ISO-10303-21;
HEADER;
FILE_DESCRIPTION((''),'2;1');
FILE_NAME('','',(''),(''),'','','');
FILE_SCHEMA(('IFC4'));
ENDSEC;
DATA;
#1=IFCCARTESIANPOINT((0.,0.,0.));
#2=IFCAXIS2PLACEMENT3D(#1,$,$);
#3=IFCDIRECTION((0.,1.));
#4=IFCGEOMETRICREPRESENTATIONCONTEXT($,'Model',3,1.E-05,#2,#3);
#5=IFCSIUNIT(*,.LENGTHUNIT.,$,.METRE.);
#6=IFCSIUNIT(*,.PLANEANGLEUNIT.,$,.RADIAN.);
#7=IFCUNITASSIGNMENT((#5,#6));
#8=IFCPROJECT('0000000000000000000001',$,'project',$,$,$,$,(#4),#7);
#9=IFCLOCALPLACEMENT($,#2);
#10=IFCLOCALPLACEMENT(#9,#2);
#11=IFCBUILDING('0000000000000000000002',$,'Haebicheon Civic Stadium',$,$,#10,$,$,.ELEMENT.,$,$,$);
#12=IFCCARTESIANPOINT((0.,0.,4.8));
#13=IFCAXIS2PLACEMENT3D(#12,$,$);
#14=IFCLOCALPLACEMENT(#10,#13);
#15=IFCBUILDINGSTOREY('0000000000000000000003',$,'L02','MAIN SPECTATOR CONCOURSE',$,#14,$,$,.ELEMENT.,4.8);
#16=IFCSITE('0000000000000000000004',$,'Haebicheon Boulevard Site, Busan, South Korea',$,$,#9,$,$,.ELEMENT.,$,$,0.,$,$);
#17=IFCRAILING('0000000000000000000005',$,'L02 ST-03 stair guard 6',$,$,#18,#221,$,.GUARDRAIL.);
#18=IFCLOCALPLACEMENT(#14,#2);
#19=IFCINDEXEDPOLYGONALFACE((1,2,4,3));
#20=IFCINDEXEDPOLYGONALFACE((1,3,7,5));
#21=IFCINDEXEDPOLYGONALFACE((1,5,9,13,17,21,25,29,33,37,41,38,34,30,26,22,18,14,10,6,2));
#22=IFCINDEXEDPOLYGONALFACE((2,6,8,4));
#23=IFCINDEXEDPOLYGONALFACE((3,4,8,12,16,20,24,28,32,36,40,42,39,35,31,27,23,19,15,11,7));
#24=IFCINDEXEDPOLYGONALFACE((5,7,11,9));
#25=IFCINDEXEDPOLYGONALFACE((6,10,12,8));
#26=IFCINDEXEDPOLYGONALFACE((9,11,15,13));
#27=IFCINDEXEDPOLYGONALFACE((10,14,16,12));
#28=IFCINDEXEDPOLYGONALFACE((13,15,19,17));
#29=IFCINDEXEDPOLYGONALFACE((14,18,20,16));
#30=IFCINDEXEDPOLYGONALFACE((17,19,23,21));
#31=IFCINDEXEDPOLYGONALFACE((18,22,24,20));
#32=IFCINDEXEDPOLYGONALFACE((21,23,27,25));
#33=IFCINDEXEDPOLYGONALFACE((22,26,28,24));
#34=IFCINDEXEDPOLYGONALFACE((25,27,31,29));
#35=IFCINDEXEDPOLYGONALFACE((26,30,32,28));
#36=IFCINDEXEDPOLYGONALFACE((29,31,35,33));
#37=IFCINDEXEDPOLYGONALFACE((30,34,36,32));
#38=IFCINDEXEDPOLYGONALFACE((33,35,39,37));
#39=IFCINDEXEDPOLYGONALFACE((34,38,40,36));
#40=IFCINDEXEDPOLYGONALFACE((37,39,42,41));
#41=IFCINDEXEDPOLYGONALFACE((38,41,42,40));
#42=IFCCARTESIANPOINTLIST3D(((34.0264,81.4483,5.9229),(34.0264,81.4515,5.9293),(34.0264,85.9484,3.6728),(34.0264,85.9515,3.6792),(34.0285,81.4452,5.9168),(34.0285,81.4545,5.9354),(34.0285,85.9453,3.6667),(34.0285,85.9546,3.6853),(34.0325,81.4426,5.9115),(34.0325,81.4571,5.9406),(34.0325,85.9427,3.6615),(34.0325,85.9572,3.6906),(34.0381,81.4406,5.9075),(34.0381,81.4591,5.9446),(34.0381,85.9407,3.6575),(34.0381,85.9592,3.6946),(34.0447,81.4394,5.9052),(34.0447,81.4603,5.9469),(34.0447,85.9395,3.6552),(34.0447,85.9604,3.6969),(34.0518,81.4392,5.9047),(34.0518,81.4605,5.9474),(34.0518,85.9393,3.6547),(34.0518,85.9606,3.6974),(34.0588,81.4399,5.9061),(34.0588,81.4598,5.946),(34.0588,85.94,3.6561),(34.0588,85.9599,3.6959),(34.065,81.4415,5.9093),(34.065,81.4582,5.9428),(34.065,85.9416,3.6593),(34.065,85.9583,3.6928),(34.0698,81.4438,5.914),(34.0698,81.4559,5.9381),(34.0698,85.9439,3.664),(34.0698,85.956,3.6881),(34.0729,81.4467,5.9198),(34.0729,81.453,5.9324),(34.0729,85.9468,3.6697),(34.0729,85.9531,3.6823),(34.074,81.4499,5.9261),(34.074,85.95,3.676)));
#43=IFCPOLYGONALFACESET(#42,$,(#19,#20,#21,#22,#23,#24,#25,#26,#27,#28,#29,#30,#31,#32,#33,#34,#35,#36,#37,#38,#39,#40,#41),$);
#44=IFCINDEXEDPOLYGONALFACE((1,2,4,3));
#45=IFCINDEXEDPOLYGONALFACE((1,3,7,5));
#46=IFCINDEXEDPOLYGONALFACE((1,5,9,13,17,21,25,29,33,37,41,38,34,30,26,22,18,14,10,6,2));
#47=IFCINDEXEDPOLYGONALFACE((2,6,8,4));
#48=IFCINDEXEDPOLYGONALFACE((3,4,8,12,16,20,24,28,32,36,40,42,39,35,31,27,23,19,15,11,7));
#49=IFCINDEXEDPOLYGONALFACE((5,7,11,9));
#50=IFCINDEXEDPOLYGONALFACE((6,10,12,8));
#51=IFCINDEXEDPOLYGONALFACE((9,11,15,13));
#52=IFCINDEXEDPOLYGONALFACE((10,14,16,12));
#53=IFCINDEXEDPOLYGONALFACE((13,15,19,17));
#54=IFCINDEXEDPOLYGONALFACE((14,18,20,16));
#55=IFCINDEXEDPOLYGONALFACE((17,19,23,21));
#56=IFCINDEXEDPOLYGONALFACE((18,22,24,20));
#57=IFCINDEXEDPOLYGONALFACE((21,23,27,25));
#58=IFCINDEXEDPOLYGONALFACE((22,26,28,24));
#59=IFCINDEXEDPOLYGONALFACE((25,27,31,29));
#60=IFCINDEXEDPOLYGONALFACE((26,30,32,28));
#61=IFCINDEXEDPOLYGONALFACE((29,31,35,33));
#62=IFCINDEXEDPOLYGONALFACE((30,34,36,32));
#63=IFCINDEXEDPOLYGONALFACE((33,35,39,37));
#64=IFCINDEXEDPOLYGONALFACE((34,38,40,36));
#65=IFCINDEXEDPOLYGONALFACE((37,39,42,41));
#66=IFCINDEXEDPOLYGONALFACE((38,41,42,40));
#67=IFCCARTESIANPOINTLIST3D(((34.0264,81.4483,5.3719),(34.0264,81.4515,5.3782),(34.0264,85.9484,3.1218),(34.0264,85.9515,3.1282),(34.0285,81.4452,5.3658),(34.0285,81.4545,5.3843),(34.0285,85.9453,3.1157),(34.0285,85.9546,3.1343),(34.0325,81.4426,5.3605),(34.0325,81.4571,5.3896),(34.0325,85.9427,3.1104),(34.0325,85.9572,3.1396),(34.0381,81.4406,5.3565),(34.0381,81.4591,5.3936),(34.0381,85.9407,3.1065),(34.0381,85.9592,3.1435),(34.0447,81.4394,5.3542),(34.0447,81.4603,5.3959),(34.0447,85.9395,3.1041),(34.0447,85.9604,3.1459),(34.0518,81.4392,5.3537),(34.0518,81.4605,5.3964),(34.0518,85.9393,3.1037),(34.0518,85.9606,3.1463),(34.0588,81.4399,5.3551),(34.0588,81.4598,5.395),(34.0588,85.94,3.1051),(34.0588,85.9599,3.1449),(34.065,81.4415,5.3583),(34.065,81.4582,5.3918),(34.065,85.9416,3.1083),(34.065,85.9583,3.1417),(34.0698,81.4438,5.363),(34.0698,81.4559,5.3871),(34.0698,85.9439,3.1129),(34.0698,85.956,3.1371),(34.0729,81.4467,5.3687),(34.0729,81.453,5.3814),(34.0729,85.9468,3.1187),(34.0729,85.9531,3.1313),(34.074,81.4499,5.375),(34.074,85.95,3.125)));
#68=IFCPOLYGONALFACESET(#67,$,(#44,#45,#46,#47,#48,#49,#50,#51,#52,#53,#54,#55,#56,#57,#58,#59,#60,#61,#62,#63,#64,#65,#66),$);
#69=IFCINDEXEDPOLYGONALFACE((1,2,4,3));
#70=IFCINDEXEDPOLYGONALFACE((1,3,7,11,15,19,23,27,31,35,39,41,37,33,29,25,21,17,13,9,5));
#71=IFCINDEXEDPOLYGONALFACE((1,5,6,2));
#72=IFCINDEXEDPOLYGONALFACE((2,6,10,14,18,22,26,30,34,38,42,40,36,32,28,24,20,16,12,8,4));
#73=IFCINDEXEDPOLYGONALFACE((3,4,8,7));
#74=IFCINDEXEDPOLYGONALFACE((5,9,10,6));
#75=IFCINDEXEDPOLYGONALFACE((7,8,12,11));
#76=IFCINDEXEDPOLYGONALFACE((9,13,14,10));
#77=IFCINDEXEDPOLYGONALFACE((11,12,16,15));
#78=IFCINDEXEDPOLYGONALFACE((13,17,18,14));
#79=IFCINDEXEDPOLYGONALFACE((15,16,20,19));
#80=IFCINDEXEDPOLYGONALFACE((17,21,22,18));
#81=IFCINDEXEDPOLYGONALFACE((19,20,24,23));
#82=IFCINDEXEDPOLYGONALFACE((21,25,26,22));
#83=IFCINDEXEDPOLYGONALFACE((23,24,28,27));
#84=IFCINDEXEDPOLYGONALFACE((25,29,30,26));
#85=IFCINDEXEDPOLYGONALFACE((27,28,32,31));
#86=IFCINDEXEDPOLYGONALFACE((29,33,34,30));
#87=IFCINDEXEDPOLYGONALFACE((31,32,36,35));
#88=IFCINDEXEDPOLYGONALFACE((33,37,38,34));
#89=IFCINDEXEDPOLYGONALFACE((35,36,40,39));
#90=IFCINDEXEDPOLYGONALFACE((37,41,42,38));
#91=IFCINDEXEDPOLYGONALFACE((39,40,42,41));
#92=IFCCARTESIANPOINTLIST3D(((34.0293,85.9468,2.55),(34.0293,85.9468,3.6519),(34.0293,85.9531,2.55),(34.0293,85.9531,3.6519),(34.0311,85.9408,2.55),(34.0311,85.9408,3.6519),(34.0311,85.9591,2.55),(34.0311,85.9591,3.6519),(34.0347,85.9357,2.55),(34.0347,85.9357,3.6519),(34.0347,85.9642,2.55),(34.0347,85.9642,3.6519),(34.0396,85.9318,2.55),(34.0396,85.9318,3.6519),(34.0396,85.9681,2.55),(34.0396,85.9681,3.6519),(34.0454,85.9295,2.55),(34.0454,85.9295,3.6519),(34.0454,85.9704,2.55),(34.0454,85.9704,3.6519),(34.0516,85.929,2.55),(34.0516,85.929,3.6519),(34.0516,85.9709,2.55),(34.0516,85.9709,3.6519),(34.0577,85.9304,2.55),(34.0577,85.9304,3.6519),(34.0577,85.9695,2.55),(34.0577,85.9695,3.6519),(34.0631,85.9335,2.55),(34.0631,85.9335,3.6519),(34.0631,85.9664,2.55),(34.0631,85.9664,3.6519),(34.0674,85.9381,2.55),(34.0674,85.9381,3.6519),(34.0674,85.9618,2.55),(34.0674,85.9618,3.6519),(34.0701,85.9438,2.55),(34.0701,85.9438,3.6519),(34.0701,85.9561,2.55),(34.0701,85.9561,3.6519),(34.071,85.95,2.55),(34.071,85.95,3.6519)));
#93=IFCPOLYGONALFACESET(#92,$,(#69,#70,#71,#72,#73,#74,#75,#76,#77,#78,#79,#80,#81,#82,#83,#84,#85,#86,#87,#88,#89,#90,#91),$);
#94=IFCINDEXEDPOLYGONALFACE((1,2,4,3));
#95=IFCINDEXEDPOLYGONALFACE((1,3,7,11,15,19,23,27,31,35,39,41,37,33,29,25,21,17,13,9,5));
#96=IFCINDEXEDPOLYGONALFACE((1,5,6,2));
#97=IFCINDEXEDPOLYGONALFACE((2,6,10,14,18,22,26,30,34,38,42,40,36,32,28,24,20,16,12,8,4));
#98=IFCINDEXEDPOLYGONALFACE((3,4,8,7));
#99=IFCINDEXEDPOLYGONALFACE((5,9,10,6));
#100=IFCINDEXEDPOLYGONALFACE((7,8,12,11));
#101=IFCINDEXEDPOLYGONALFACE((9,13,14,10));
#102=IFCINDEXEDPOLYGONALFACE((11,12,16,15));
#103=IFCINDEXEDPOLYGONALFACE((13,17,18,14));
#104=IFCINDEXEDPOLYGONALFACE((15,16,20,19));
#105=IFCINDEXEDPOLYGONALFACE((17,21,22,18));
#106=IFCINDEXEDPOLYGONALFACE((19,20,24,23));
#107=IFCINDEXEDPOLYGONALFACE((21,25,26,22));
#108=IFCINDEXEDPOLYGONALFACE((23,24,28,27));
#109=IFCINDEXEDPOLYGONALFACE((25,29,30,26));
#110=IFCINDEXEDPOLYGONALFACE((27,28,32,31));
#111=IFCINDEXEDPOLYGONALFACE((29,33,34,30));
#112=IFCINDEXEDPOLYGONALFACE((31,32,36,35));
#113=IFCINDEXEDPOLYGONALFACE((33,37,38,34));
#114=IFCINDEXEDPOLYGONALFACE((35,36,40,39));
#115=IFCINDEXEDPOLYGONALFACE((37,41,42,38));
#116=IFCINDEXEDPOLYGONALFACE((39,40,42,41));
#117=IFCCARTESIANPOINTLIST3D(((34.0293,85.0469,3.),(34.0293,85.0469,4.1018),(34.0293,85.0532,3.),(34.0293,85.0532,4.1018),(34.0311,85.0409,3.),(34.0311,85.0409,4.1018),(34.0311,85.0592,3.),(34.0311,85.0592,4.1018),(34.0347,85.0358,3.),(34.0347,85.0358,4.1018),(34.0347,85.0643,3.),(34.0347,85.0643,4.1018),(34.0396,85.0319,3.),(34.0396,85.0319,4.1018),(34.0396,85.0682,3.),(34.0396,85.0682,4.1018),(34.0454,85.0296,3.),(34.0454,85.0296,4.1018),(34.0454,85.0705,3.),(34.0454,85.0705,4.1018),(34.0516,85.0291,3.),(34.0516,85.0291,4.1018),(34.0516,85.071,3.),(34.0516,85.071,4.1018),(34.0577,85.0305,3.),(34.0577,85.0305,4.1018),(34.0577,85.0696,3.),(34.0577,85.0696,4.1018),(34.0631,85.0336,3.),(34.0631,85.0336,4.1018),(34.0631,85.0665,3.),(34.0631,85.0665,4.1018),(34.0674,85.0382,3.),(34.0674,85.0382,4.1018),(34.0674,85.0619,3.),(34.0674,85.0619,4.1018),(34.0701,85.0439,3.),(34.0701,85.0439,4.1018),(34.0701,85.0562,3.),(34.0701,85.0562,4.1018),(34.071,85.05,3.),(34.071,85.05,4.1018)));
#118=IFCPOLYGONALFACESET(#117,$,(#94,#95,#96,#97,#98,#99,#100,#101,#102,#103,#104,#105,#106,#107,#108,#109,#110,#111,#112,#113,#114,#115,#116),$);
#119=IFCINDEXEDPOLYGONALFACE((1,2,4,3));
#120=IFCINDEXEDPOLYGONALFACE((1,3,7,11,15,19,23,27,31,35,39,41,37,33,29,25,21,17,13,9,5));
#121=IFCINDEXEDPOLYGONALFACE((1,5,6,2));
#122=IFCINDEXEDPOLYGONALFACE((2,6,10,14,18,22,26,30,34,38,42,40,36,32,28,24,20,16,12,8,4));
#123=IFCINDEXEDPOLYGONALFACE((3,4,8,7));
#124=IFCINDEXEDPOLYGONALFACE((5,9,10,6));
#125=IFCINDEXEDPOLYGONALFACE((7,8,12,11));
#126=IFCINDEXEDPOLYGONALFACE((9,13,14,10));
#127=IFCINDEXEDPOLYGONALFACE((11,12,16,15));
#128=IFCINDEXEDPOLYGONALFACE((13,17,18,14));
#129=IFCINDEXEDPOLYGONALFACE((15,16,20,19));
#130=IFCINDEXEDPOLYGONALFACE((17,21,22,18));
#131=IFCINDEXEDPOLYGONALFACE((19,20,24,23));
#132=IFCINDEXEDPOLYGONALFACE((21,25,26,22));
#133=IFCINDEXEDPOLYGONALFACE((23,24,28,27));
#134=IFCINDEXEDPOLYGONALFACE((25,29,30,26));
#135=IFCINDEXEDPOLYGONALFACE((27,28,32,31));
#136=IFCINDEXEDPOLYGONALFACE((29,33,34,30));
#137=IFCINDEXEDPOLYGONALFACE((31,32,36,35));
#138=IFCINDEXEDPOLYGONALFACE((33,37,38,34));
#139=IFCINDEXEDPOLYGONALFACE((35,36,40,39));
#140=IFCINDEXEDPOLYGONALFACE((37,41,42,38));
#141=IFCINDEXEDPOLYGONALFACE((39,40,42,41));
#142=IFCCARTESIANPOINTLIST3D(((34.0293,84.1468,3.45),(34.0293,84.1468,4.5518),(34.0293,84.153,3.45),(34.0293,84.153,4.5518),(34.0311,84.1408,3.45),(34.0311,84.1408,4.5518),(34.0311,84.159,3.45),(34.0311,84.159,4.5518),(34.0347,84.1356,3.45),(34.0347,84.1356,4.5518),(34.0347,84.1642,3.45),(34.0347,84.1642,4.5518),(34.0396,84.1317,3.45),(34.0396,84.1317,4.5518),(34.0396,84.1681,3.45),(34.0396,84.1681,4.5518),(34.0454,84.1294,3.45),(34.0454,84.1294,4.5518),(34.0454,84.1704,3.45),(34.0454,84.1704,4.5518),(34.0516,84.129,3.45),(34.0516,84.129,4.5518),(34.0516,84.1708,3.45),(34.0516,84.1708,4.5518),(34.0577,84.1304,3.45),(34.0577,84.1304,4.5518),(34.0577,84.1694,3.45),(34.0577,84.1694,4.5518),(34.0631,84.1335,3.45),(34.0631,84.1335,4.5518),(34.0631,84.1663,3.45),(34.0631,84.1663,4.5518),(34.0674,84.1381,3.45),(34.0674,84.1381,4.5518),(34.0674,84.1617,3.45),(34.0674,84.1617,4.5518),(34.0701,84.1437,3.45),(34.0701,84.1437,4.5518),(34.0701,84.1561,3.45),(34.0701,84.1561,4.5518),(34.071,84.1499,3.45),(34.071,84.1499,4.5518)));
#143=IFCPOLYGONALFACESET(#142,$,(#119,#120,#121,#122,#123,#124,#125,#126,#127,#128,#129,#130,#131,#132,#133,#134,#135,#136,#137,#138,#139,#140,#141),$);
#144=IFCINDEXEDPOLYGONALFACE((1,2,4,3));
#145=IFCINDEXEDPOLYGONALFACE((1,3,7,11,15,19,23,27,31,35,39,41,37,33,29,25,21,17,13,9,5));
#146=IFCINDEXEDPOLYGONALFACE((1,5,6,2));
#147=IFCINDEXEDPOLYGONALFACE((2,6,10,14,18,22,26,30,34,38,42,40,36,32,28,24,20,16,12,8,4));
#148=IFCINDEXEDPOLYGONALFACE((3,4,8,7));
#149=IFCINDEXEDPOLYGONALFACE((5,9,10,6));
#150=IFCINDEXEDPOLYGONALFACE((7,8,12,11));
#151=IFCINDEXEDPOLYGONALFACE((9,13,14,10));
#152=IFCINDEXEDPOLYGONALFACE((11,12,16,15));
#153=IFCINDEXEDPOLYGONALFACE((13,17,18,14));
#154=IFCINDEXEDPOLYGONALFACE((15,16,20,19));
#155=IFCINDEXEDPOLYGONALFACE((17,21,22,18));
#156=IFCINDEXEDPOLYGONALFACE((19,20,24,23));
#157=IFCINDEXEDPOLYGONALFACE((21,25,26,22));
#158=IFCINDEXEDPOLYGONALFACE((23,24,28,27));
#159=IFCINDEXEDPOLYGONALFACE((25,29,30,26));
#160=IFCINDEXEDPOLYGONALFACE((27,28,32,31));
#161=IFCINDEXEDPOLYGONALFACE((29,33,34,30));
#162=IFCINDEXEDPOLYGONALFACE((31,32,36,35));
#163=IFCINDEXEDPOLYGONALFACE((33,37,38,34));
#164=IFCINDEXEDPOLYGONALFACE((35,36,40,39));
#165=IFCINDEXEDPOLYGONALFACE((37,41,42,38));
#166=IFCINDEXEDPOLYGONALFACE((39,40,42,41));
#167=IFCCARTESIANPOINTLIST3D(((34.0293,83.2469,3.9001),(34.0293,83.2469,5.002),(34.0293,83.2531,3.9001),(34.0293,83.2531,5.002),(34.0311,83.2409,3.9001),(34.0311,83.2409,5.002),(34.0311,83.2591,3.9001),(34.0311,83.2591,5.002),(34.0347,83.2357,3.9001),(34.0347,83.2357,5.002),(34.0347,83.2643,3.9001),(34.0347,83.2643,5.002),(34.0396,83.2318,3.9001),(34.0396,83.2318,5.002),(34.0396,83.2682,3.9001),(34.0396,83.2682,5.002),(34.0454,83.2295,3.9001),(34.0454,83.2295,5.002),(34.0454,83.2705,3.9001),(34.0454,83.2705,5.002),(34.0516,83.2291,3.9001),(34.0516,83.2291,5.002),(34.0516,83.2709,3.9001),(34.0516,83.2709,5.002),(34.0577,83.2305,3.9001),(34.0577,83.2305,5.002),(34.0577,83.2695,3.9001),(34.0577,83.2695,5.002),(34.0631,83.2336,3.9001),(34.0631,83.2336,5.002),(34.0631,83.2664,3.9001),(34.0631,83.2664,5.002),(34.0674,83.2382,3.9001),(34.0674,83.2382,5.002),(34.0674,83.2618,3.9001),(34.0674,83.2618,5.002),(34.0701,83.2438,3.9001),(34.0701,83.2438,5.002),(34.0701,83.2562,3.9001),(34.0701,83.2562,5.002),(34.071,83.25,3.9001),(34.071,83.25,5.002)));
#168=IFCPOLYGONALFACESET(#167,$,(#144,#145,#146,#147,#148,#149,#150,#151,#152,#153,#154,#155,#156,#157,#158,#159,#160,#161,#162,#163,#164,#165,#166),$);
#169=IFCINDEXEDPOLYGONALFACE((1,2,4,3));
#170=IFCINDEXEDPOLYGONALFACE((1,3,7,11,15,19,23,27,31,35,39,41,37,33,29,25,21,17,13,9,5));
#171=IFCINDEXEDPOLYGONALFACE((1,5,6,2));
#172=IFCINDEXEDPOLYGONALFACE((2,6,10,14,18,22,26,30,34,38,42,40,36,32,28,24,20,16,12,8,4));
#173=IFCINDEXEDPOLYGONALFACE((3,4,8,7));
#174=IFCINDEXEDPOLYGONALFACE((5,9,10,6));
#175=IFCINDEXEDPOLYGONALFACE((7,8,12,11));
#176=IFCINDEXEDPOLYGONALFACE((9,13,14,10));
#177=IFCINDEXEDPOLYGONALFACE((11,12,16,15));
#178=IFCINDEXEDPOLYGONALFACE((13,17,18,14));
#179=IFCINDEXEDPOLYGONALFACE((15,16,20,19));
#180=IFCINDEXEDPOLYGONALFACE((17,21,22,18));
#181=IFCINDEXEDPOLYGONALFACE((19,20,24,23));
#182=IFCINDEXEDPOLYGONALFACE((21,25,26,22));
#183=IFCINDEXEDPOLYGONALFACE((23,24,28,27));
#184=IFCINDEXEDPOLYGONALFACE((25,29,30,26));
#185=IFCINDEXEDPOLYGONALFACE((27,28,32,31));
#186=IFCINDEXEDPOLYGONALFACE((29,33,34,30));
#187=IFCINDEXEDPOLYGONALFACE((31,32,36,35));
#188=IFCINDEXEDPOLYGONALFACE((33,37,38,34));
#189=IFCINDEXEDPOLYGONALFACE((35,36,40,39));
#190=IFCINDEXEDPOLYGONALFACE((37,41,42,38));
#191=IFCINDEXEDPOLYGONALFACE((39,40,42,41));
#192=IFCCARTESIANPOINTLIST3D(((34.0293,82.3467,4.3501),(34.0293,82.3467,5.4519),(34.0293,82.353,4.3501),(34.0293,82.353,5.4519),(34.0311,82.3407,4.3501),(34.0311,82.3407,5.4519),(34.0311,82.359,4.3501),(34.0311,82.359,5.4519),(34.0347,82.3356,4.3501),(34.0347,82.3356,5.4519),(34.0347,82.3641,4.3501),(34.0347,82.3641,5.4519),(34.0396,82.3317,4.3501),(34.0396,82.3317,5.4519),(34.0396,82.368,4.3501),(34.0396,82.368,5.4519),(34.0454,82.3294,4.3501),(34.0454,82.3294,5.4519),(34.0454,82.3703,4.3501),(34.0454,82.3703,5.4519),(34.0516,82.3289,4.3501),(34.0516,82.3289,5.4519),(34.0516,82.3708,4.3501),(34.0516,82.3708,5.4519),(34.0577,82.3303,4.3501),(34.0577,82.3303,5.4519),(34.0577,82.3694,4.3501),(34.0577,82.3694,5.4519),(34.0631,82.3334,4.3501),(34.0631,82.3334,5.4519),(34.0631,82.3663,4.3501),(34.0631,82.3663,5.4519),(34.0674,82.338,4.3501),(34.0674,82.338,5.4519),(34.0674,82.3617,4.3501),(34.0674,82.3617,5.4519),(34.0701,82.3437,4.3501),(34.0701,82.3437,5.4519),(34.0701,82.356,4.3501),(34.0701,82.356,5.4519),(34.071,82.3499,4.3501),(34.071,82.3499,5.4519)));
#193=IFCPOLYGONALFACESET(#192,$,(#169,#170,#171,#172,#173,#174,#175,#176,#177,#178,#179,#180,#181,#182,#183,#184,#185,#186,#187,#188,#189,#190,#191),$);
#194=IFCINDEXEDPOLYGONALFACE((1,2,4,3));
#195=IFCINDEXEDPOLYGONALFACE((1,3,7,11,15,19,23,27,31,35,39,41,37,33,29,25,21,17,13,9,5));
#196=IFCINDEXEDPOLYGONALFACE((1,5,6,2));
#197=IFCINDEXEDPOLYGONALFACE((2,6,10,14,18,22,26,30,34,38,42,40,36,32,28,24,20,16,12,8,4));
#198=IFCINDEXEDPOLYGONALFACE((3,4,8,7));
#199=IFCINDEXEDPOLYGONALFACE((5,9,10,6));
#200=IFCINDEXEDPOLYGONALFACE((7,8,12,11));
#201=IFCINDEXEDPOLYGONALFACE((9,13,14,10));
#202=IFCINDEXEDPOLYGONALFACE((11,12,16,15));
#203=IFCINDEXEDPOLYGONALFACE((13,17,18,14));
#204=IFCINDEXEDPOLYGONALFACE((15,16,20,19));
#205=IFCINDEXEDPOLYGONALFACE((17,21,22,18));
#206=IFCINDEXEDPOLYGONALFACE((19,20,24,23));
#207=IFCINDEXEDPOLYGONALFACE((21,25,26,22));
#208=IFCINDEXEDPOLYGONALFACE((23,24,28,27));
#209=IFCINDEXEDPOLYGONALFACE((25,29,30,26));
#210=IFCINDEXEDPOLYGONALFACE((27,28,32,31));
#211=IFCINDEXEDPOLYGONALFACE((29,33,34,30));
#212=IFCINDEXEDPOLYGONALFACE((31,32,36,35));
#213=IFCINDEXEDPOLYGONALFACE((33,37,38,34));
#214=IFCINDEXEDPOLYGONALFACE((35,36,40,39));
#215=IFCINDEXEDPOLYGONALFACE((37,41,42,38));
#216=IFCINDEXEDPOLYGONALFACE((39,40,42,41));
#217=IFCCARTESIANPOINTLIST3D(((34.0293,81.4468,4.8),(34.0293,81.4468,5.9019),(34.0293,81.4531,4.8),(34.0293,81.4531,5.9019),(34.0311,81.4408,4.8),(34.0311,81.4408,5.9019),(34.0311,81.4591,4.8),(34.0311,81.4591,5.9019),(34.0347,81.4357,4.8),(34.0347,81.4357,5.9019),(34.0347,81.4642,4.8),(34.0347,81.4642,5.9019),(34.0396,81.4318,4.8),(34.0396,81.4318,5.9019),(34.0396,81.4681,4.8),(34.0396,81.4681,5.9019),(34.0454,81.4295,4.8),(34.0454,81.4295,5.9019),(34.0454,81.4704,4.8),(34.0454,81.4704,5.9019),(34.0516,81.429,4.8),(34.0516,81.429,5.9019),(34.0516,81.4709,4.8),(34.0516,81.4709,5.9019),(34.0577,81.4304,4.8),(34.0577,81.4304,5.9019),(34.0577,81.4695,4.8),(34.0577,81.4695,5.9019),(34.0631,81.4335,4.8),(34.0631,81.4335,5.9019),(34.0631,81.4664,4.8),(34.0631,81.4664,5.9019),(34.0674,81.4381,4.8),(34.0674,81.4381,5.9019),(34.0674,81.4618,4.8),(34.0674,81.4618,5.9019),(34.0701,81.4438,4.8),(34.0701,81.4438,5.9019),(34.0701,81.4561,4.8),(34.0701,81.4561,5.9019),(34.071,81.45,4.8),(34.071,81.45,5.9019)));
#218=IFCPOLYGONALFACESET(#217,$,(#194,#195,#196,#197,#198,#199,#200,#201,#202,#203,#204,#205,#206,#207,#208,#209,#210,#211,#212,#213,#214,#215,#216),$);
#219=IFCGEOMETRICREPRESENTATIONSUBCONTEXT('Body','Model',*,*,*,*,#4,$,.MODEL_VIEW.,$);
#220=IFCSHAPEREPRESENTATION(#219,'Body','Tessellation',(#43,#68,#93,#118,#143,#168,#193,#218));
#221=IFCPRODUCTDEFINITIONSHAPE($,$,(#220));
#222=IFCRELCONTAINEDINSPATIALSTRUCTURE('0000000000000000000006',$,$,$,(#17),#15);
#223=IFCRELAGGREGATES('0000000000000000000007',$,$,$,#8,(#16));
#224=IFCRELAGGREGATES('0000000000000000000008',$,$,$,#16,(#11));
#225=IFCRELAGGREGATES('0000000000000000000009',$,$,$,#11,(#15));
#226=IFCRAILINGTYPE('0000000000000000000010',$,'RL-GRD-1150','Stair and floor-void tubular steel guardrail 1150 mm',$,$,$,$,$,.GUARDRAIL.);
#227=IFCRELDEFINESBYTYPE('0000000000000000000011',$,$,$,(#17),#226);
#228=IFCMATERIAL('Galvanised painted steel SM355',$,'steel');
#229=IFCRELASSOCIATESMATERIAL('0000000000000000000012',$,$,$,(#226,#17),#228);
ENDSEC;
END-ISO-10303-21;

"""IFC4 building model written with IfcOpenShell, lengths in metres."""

from ifc_helpers import new_model, si_unit, direction, frame, origin, origin_2d, place, context, subcontext, project, spatial, circle, extrude, material, type_object, element, save


model = new_model("IFC4")

# Units and contexts
model_context = context("Model", 3, precision=1e-05, world=origin(), true_north=direction((0.0, 1.0)))
body_context = subcontext(model_context, "Body", "Model", "MODEL_VIEW")
ifc_project = project(units=[si_unit("LENGTHUNIT", "METRE"), si_unit("PLANEANGLEUNIT", "RADIAN")], contexts=[model_context])

# Site, building, storey
site_placement = place(None, origin())
site = spatial("IfcSite", under=ifc_project, at=site_placement, Name="Haebicheon Boulevard Site, Busan, South Korea", CompositionType="ELEMENT", RefElevation=0.0)
building_placement = place(site_placement, origin())
building = spatial("IfcBuilding", under=site, at=building_placement, Name="Haebicheon Civic Stadium", CompositionType="ELEMENT")
storey_placement = place(building_placement, frame((0.0, 0.0, 4.8)))
storey = spatial("IfcBuildingStorey", under=building, at=storey_placement, Name="L02", Description="MAIN SPECTATOR CONCOURSE", CompositionType="ELEMENT", Elevation=4.8)

# Railing
ifc_material_1 = material(Name="Galvanised painted steel SM355", Category="steel")
railing_type_1 = type_object("IfcRailingType", Name="RL-GRD-1150", Description="Stair and floor-void tubular steel guardrail 1150 mm", PredefinedType="GUARDRAIL", material=ifc_material_1)
railing_1_placement = place(storey_placement, frame((34.05, 85.95, 2.55)))
element("IfcRailing", 1, at=railing_1_placement, inside=storey, type_object=railing_type_1, material=ifc_material_1, Name="L02 ST-03 stair guard 6", PredefinedType="GUARDRAIL", context=body_context, shape_type="SweptSolid", body=[
    extrude(circle(Radius=0.0239, at=origin_2d()), frame((0.0, 0.0, 1.126), z_axis=(0.0, -0.894427, 0.447214), x_axis=(1.0, 0.0, 0.0)), (0.0, 0.0, 1.0), 5.0312),
    extrude(circle(Radius=0.0239, at=origin_2d()), frame((0.0, 0.0, 0.575), z_axis=(0.0, -0.894427, 0.447214), x_axis=(1.0, 0.0, 0.0)), (0.0, 0.0, 1.0), 5.0312),
    extrude(circle(Radius=0.021, at=origin_2d()), origin(), (0.0, 0.0, 1.0), 1.1018),
    extrude(circle(Radius=0.021, at=origin_2d()), frame((0.0, -0.8999, 0.45)), (0.0, 0.0, 1.0), 1.1018),
    extrude(circle(Radius=0.021, at=origin_2d()), frame((0.0, -1.8, 0.8999)), (0.0, 0.0, 1.0), 1.1018),
    extrude(circle(Radius=0.021, at=origin_2d()), frame((0.0, -2.7, 1.3501)), (0.0, 0.0, 1.0), 1.1018),
    extrude(circle(Radius=0.021, at=origin_2d()), frame((0.0, -3.6001, 1.8)), (0.0, 0.0, 1.0), 1.1018),
    extrude(circle(Radius=0.021, at=origin_2d()), frame((0.0, -4.5, 2.25)), (0.0, 0.0, 1.0), 1.1018),
])

save(model, "model.ifc")
